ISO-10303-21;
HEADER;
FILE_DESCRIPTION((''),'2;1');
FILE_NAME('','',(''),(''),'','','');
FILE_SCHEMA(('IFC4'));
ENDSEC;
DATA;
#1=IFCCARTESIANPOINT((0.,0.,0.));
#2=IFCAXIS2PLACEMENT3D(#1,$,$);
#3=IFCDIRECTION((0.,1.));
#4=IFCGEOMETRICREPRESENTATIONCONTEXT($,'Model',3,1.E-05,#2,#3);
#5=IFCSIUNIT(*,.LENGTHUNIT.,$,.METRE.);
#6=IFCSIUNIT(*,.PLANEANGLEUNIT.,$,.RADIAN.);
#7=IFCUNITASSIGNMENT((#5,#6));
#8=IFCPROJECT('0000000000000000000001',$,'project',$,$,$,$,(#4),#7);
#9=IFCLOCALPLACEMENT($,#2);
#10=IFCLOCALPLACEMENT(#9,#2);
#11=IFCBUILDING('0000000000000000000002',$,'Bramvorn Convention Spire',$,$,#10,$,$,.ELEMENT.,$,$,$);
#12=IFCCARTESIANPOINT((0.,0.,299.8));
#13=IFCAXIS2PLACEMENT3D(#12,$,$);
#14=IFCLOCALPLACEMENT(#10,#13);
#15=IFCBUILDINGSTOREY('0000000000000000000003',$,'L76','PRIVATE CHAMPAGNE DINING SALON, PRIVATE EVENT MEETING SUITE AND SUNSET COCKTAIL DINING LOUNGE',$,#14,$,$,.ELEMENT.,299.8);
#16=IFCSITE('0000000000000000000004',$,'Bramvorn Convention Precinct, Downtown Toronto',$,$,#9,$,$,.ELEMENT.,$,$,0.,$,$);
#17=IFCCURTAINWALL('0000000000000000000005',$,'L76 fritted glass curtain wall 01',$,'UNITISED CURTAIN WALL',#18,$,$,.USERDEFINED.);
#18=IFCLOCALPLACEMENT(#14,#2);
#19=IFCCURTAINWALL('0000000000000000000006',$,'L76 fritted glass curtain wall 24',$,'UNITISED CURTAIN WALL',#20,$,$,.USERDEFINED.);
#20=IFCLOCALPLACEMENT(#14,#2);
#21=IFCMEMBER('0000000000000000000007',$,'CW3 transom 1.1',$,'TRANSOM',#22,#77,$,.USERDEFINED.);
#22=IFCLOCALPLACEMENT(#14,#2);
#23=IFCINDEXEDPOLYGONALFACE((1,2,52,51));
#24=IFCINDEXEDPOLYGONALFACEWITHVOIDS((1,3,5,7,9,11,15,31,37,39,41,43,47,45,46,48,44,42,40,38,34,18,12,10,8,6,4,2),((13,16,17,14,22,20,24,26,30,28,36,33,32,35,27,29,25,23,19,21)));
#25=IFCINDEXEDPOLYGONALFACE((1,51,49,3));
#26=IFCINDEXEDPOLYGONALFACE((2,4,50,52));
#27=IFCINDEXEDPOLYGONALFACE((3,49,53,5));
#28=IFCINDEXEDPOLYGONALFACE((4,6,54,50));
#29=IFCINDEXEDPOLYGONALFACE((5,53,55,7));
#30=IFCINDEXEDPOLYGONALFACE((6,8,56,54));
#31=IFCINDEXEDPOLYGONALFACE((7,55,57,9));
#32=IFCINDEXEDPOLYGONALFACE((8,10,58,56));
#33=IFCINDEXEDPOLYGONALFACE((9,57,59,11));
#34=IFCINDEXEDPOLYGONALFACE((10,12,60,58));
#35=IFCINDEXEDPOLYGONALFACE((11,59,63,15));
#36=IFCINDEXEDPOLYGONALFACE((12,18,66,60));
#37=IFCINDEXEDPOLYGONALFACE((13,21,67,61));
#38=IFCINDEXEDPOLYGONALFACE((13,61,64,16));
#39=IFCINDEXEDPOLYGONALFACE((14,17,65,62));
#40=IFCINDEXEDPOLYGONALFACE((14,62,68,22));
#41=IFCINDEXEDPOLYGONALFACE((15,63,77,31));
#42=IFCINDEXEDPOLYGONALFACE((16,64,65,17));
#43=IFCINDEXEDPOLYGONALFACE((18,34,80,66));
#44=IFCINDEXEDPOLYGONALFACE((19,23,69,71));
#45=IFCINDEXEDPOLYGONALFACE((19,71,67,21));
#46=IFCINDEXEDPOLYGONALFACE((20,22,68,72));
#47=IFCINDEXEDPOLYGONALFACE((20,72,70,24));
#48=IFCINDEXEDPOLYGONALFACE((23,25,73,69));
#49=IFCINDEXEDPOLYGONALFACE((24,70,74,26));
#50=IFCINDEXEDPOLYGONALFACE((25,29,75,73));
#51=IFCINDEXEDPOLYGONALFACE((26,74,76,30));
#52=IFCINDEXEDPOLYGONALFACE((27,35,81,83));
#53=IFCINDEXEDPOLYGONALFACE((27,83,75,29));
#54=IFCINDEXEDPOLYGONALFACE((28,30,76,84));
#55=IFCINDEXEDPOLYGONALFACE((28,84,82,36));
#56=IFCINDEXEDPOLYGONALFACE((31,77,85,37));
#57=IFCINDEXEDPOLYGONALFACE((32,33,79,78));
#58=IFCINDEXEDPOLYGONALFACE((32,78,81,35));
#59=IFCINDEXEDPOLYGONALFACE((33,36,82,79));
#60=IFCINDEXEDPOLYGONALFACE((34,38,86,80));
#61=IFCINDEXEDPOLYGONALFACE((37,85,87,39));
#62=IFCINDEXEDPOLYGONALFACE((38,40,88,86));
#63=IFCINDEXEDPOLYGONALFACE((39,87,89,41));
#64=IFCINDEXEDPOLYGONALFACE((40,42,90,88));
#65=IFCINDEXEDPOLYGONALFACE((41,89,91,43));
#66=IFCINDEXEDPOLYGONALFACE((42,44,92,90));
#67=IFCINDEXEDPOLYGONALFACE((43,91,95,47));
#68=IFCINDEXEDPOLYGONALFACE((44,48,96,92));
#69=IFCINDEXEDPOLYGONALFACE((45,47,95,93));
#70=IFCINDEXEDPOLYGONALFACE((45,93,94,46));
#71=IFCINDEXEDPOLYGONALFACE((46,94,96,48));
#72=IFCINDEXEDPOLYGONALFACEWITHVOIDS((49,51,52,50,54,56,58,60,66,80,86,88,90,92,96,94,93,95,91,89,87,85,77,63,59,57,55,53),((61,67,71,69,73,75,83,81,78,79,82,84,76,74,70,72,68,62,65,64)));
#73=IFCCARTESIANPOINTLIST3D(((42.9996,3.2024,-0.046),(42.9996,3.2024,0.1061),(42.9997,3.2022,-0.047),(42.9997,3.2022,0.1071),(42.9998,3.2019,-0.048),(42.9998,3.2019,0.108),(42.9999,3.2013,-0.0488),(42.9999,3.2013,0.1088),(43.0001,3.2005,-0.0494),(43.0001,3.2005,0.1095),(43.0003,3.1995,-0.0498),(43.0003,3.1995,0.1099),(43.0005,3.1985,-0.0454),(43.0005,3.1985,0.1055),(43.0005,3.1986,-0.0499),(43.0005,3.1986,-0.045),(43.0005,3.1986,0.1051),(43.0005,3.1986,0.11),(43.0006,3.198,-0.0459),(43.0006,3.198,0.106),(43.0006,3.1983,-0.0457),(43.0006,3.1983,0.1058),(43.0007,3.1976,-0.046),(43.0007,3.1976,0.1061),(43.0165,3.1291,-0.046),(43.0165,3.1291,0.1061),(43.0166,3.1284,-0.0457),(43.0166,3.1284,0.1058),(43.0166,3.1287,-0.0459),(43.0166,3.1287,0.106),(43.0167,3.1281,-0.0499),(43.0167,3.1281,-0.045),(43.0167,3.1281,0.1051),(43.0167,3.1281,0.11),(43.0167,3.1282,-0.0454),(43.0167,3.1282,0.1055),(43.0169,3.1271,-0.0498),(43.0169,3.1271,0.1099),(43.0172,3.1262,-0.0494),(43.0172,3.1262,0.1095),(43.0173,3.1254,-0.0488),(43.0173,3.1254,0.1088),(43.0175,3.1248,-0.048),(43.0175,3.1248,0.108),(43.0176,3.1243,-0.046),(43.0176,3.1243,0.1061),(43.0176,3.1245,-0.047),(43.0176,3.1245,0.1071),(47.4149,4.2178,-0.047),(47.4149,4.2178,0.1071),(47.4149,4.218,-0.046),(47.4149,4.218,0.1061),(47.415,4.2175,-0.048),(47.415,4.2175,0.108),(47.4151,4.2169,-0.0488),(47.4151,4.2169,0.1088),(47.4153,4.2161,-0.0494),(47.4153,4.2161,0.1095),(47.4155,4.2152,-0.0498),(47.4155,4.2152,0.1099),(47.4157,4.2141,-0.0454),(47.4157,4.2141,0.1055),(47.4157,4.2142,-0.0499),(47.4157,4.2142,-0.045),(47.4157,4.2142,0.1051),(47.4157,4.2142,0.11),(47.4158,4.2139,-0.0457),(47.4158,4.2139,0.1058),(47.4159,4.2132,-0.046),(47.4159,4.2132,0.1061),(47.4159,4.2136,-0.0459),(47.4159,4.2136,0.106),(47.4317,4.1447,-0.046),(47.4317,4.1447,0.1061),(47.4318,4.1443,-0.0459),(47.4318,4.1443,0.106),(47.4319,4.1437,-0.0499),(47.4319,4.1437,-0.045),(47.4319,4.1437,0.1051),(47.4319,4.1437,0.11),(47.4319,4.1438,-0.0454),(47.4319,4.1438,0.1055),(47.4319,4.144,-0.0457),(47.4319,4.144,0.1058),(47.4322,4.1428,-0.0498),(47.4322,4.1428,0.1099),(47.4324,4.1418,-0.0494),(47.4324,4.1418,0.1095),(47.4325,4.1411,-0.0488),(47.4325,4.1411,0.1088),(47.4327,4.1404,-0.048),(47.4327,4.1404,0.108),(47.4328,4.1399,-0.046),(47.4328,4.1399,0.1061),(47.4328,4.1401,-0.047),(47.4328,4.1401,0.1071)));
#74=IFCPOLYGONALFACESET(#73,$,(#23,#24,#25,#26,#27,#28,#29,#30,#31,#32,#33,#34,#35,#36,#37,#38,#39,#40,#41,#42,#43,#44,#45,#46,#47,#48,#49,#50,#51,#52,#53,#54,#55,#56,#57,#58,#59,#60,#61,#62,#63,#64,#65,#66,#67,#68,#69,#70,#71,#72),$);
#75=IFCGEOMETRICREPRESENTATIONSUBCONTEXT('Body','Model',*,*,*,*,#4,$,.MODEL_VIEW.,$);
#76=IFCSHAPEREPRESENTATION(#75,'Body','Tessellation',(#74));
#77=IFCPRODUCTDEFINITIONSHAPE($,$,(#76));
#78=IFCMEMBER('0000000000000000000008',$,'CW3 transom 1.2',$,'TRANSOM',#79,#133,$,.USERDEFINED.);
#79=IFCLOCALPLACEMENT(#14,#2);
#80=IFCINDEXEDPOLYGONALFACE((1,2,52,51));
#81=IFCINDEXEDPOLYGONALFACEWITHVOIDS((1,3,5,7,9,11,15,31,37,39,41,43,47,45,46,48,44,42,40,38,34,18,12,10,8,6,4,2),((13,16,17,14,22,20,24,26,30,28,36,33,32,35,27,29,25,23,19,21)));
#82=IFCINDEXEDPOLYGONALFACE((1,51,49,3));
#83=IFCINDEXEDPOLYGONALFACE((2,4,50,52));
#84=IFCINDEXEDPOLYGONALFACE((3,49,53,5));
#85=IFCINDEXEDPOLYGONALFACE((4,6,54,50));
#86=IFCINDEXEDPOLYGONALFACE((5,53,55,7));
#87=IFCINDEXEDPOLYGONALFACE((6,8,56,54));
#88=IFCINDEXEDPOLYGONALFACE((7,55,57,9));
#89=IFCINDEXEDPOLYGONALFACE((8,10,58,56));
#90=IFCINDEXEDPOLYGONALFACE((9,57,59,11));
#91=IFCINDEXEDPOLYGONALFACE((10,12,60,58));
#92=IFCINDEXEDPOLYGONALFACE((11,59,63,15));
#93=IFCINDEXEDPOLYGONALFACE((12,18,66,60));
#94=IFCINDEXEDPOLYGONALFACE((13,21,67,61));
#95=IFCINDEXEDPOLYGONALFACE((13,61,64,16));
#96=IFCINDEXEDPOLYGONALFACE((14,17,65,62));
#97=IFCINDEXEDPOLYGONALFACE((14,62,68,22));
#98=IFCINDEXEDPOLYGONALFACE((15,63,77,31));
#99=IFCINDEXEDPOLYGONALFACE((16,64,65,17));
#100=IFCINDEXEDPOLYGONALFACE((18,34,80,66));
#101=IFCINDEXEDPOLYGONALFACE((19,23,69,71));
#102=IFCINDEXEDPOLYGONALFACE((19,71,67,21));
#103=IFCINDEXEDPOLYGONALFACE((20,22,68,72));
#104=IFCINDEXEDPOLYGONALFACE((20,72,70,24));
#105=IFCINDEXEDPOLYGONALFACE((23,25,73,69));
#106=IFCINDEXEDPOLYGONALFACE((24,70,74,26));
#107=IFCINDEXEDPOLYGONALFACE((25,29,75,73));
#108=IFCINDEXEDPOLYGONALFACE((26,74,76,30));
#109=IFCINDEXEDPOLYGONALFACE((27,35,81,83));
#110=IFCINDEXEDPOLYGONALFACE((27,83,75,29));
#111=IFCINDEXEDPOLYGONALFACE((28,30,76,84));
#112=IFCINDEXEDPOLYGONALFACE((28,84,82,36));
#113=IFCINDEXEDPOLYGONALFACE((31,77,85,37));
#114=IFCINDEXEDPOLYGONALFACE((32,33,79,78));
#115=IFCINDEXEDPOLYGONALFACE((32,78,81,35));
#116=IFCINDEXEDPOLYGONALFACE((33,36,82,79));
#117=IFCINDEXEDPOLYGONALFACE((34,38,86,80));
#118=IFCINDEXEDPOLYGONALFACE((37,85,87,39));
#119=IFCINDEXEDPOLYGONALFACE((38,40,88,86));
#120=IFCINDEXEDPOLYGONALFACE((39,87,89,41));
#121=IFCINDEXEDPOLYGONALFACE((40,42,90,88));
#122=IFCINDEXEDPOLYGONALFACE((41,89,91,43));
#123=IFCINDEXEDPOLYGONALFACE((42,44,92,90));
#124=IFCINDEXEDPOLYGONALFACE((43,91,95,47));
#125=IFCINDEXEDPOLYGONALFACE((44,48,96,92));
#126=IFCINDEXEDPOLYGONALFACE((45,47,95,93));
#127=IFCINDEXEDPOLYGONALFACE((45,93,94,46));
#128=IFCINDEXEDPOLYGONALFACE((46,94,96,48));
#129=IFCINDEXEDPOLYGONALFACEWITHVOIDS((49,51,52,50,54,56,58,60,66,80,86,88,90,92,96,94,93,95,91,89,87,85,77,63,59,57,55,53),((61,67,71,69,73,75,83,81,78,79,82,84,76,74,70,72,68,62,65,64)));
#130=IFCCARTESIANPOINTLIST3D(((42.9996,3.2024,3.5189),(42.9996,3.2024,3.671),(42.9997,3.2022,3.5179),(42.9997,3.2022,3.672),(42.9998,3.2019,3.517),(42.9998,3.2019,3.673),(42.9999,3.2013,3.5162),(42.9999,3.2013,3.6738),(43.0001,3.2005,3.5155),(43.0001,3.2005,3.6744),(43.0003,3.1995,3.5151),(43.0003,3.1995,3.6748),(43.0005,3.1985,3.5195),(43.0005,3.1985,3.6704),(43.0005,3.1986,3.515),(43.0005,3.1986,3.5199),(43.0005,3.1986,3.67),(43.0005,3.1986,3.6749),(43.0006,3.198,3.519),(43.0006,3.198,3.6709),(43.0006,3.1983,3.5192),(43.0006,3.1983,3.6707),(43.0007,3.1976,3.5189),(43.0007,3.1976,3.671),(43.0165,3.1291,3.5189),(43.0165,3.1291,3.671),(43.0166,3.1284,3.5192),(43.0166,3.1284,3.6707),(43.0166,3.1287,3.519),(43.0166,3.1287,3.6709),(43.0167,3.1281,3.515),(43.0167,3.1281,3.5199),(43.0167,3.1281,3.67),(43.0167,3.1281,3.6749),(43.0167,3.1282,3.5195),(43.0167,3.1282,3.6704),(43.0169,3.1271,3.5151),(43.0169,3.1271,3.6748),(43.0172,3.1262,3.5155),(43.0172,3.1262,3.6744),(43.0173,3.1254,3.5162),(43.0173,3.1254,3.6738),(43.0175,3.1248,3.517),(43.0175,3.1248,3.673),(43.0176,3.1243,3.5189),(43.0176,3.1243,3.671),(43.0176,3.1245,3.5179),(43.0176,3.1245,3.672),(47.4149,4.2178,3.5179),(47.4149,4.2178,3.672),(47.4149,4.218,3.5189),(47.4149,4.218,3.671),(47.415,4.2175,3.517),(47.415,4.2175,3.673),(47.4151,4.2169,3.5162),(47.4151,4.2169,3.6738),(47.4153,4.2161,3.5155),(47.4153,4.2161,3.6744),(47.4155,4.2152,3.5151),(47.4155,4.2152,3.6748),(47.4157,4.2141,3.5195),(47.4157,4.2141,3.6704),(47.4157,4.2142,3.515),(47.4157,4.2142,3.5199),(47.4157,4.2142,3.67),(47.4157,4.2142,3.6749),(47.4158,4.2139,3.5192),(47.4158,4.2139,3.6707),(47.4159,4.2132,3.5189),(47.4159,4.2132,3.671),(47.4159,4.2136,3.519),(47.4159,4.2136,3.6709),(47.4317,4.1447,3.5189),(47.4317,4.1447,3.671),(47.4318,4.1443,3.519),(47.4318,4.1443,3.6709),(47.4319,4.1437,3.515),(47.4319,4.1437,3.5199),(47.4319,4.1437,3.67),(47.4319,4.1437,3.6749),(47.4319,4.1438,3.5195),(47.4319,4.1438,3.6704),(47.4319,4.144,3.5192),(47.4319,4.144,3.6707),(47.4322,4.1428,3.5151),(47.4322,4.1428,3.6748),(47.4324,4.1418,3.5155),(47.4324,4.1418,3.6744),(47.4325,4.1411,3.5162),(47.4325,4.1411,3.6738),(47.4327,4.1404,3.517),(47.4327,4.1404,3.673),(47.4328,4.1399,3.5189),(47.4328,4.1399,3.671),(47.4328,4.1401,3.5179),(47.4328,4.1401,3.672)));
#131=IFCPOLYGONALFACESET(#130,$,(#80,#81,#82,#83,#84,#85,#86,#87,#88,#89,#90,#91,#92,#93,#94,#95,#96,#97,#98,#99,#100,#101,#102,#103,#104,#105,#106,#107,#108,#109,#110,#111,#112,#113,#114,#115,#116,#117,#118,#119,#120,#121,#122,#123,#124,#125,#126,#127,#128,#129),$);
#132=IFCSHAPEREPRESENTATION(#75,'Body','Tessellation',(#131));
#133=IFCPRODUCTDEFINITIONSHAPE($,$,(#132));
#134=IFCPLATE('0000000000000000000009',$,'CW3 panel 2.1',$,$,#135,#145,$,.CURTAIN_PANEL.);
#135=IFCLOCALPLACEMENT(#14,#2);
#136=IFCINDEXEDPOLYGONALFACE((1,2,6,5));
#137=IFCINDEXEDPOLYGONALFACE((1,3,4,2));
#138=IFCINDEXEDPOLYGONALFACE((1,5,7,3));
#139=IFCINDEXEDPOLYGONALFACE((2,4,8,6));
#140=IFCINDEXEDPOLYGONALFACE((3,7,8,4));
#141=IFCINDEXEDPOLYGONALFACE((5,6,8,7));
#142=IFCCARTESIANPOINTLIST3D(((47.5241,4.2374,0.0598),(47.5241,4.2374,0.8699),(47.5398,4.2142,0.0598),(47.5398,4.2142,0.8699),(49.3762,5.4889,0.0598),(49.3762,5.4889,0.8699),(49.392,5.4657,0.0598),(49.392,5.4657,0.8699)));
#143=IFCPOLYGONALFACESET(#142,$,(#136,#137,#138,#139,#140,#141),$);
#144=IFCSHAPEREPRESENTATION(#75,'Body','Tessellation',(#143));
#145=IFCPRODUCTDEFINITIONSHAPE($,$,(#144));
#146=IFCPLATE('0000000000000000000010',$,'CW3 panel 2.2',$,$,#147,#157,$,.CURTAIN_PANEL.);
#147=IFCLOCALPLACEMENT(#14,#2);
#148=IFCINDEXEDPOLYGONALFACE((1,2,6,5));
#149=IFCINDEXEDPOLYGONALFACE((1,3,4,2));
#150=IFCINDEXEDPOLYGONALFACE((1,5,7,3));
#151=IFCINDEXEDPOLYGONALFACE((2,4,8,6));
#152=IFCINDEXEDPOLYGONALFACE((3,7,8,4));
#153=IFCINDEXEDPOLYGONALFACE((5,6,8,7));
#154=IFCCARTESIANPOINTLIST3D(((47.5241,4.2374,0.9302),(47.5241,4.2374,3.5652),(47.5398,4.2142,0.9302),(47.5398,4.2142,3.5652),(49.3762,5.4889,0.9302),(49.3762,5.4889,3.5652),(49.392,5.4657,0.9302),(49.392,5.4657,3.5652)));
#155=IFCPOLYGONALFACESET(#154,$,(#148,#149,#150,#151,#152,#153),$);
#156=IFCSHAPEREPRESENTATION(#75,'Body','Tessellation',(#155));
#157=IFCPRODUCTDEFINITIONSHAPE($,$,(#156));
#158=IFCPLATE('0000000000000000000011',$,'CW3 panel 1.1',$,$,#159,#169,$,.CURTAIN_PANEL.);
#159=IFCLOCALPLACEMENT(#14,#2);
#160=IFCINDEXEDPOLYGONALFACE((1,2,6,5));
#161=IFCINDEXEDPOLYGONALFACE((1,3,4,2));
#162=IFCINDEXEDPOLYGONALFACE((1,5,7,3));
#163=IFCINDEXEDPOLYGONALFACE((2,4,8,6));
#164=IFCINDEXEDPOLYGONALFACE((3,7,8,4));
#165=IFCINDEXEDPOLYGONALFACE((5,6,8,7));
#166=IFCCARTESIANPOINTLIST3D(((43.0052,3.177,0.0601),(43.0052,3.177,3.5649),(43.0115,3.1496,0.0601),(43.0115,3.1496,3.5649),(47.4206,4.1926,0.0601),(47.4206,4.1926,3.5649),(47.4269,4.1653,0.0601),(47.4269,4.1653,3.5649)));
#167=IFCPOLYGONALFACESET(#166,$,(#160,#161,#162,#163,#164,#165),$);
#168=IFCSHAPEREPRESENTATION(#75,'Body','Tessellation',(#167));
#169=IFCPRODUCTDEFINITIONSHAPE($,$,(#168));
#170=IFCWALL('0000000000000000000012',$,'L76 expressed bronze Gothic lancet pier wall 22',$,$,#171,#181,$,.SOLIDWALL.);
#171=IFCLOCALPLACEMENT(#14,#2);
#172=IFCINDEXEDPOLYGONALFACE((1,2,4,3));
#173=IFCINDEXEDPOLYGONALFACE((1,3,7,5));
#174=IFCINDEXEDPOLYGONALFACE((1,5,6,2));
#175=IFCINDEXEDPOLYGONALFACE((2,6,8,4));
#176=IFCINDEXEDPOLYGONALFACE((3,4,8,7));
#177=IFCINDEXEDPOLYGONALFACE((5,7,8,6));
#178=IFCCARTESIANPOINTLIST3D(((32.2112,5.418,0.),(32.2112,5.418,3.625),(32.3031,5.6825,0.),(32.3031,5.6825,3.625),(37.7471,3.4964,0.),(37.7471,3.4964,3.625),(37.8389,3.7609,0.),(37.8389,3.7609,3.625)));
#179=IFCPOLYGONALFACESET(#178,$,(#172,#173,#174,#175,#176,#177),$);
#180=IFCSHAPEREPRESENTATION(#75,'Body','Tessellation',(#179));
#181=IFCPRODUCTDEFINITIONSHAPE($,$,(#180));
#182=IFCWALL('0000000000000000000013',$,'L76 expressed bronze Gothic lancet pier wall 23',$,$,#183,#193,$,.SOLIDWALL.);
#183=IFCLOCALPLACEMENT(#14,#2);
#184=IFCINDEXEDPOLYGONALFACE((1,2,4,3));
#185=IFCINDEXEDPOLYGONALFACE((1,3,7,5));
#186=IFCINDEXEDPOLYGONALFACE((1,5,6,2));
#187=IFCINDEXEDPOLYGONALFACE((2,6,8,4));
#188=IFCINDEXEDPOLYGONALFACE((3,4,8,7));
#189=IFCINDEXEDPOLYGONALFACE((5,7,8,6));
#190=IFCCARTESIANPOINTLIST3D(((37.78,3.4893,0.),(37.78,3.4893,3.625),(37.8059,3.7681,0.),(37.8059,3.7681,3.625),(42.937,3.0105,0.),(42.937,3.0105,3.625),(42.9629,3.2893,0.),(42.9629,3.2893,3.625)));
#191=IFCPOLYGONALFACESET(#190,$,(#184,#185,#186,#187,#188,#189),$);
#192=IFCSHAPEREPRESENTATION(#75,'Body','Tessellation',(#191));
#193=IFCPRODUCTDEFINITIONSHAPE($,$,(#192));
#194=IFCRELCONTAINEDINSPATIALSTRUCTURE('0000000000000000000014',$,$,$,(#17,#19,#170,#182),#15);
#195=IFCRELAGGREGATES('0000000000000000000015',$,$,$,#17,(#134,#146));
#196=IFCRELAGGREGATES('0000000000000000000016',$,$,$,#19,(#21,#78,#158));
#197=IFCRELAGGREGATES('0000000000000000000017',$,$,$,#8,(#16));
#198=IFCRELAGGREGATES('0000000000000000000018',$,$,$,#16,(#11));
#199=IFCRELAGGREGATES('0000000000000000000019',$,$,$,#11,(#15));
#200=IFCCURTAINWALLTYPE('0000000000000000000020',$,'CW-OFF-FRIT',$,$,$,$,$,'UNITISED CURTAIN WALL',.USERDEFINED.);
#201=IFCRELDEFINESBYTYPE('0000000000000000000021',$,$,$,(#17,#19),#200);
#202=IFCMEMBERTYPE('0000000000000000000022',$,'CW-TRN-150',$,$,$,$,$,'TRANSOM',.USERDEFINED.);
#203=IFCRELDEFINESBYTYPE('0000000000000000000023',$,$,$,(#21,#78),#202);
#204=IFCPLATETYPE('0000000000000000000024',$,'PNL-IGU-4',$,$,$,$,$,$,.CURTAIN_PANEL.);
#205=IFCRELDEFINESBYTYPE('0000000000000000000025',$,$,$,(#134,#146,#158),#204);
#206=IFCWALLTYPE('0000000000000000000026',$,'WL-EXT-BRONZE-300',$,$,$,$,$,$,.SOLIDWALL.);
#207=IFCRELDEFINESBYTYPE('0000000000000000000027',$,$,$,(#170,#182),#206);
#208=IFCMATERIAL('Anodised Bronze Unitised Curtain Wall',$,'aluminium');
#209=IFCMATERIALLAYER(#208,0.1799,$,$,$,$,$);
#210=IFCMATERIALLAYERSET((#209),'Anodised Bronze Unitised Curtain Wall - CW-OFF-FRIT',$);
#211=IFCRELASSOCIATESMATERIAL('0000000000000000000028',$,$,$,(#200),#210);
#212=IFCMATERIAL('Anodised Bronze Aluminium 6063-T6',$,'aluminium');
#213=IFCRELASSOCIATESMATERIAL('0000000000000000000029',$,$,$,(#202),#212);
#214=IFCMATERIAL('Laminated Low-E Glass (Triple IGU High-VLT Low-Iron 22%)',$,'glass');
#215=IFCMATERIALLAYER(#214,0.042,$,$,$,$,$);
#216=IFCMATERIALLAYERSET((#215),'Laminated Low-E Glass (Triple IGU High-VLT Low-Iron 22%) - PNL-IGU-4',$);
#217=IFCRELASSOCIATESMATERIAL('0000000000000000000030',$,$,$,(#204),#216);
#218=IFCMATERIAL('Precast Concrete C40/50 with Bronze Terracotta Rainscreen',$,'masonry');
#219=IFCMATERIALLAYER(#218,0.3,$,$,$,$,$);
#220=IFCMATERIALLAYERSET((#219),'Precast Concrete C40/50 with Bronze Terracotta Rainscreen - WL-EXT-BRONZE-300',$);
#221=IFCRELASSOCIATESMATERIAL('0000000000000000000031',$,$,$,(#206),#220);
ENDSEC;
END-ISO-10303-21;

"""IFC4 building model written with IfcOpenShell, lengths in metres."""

from ifc_helpers import new_model, si_unit, direction, frame, frame_2d, origin, origin_2d, place, context, subcontext, project, spatial, rectangle, hollow_rectangle, extrude, material, layer, layer_set, material_profile, profile_set, type_object, element, aggregate, save


model = new_model("IFC4")

# Units and contexts
model_context = context("Model", 3, precision=1e-05, world=origin(), true_north=direction((0.0, 1.0)))
body_context = subcontext(model_context, "Body", "Model", "MODEL_VIEW")
ifc_project = project(units=[si_unit("LENGTHUNIT", "METRE"), si_unit("PLANEANGLEUNIT", "RADIAN")], contexts=[model_context])

# Site, building, storey
site_placement = place(None, origin())
site = spatial("IfcSite", under=ifc_project, at=site_placement, Name="Bramvorn Convention Precinct, Downtown Toronto", CompositionType="ELEMENT", RefElevation=0.0)
building_placement = place(site_placement, origin())
building = spatial("IfcBuilding", under=site, at=building_placement, Name="Bramvorn Convention Spire", CompositionType="ELEMENT")
storey_placement = place(building_placement, frame((0.0, 0.0, 299.8)))
storey = spatial("IfcBuildingStorey", under=building, at=storey_placement, Name="L76", Description="PRIVATE CHAMPAGNE DINING SALON, PRIVATE EVENT MEETING SUITE AND SUNSET COCKTAIL DINING LOUNGE", CompositionType="ELEMENT", Elevation=299.8)

# Curtain wall
ifc_material_1 = material(Name="Anodised Bronze Unitised Curtain Wall", Category="aluminium")
ifc_layer_1 = layer(ifc_material_1, 0.1799)
ifc_layer_set_1 = layer_set([ifc_layer_1], Name="Anodised Bronze Unitised Curtain Wall - CW-OFF-FRIT")
curtain_wall_type = type_object("IfcCurtainWallType", Name="CW-OFF-FRIT", ElementType="UNITISED CURTAIN WALL", PredefinedType="USERDEFINED", material=ifc_layer_set_1)
curtain_wall_1_placement = place(storey_placement, origin())
curtain_wall_1 = element("IfcCurtainWall", 1, at=curtain_wall_1_placement, inside=storey, type_object=curtain_wall_type, Name="L76 fritted glass curtain wall 01", ObjectType="UNITISED CURTAIN WALL", PredefinedType="USERDEFINED")
ifc_material_2 = material(Name="Anodised Bronze Aluminium 6063-T6", Category="aluminium")

# Curtain wall, members
curtain_wall_2_placement = place(storey_placement, origin())
curtain_wall_2 = element("IfcCurtainWall", 2, at=curtain_wall_2_placement, inside=storey, type_object=curtain_wall_type, Name="L76 fritted glass curtain wall 24", ObjectType="UNITISED CURTAIN WALL", PredefinedType="USERDEFINED")
ifc_material_profile_1 = material_profile(ifc_material_2, hollow_rectangle(XDim=0.0801, YDim=0.1599, WallThickness=0.0039, InnerFilletRadius=0.001, OuterFilletRadius=0.0039, at=origin_2d()))
ifc_profile_set_1 = profile_set([ifc_material_profile_1], Name="Anodised Bronze Aluminium 6063-T6 - CWT80X160")
member_type_1 = type_object("IfcMemberType", Name="CW-TRN-150", ElementType="TRANSOM", PredefinedType="USERDEFINED", material=ifc_profile_set_1)
member_1_placement = place(storey_placement, frame((47.4238, 4.179, 0.03), z_axis=(-0.97455, -0.224171, 0.0), x_axis=(0.224171, -0.97455, 0.0)))
member_1 = element("IfcMember", 3, at=member_1_placement, type_object=member_type_1, Name="CW3 transom 1.1", ObjectType="TRANSOM", PredefinedType="USERDEFINED", context=body_context, shape_type="SweptSolid", body=[
    extrude(hollow_rectangle(XDim=0.0801, YDim=0.1599, WallThickness=0.0039, InnerFilletRadius=0.001, OuterFilletRadius=0.0039, at=origin_2d()), origin(), (0.0, 0.0, 1.0), 4.5305),
])
member_2_placement = place(storey_placement, frame((47.4238, 4.179, 3.595), z_axis=(-0.97455, -0.224171, 0.0), x_axis=(0.224171, -0.97455, 0.0)))
member_2 = element("IfcMember", 4, at=member_2_placement, type_object=member_type_1, Name="CW3 transom 1.2", ObjectType="TRANSOM", PredefinedType="USERDEFINED", context=body_context, shape_type="SweptSolid", body=[
    extrude(hollow_rectangle(XDim=0.0801, YDim=0.1599, WallThickness=0.0039, InnerFilletRadius=0.001, OuterFilletRadius=0.0039, at=origin_2d()), origin(), (0.0, 0.0, 1.0), 4.5305),
])

# Plates
ifc_material_3 = material(Name="Laminated Low-E Glass (Triple IGU High-VLT Low-Iron 22%)", Category="glass")
ifc_layer_2 = layer(ifc_material_3, 0.042)
ifc_layer_set_2 = layer_set([ifc_layer_2], Name="Laminated Low-E Glass (Triple IGU High-VLT Low-Iron 22%) - PNL-IGU-4")
plate_type = type_object("IfcPlateType", Name="PNL-IGU-4", PredefinedType="CURTAIN_PANEL", material=ifc_layer_set_2)
plate_1_placement = place(storey_placement, frame((48.458, 4.8516, 0.0598), z_axis=(0.0, 0.0, 1.0), x_axis=(-0.828584, -0.559865, 0.0)))
plate_1 = element("IfcPlate", 5, at=plate_1_placement, type_object=plate_type, Name="CW3 panel 2.1", PredefinedType="CURTAIN_PANEL", context=body_context, shape_type="SweptSolid", body=[
    extrude(rectangle(XDim=2.2354, YDim=0.0281, at=origin_2d()), origin(), (0.0, 0.0, 1.0), 0.8101),
])
plate_2_placement = place(storey_placement, frame((48.458, 4.8516, 0.9302), z_axis=(0.0, 0.0, 1.0), x_axis=(-0.828584, -0.559865, 0.0)))
plate_2 = element("IfcPlate", 6, at=plate_2_placement, type_object=plate_type, Name="CW3 panel 2.2", PredefinedType="CURTAIN_PANEL", context=body_context, shape_type="SweptSolid", body=[
    extrude(rectangle(XDim=2.2354, YDim=0.0281, at=origin_2d()), origin(), (0.0, 0.0, 1.0), 2.635),
])
aggregate(curtain_wall_1, [plate_1, plate_2])
plate_3_placement = place(storey_placement, frame((45.2161, 3.6711, 0.0601), z_axis=(0.0, 0.0, 1.0), x_axis=(-0.974552, -0.224162, 0.0)))
plate_3 = element("IfcPlate", 7, at=plate_3_placement, type_object=plate_type, Name="CW3 panel 1.1", PredefinedType="CURTAIN_PANEL", context=body_context, shape_type="SweptSolid", body=[
    extrude(rectangle(XDim=4.5308, YDim=0.0281, at=origin_2d()), origin(), (0.0, 0.0, 1.0), 3.5049),
])
aggregate(curtain_wall_2, [member_1, member_2, plate_3])

# Walls
ifc_material_4 = material(Name="Precast Concrete C40/50 with Bronze Terracotta Rainscreen", Category="masonry")
ifc_layer_3 = layer(ifc_material_4, 0.3)
ifc_layer_set_3 = layer_set([ifc_layer_3], Name="Precast Concrete C40/50 with Bronze Terracotta Rainscreen - WL-EXT-BRONZE-300")
wall_type_1 = type_object("IfcWallType", Name="WL-EXT-BRONZE-300", PredefinedType="SOLIDWALL", material=ifc_layer_set_3)
wall_1_placement = place(storey_placement, frame((37.793, 3.6287, 0.0), z_axis=(0.0, 0.0, 1.0), x_axis=(-0.944703, 0.327928, 0.0)))
element("IfcWall", 8, at=wall_1_placement, inside=storey, type_object=wall_type_1, Name="L76 expressed bronze Gothic lancet pier wall 22", PredefinedType="SOLIDWALL", context=body_context, shape_type="SweptSolid", body=[
    extrude(rectangle(XDim=5.8599, YDim=0.28, at=frame_2d((2.9299, 0.0))), origin(), (0.0, 0.0, 1.0), 3.625),
])
wall_2_placement = place(storey_placement, frame((42.95, 3.1499, 0.0), z_axis=(0.0, 0.0, 1.0), x_axis=(-0.995718, 0.09244, 0.0)))
element("IfcWall", 9, at=wall_2_placement, inside=storey, type_object=wall_type_1, Name="L76 expressed bronze Gothic lancet pier wall 23", PredefinedType="SOLIDWALL", context=body_context, shape_type="SweptSolid", body=[
    extrude(rectangle(XDim=5.1792, YDim=0.28, at=frame_2d((2.5896, 0.0))), origin(), (0.0, 0.0, 1.0), 3.625),
])

save(model, "model.ifc")
